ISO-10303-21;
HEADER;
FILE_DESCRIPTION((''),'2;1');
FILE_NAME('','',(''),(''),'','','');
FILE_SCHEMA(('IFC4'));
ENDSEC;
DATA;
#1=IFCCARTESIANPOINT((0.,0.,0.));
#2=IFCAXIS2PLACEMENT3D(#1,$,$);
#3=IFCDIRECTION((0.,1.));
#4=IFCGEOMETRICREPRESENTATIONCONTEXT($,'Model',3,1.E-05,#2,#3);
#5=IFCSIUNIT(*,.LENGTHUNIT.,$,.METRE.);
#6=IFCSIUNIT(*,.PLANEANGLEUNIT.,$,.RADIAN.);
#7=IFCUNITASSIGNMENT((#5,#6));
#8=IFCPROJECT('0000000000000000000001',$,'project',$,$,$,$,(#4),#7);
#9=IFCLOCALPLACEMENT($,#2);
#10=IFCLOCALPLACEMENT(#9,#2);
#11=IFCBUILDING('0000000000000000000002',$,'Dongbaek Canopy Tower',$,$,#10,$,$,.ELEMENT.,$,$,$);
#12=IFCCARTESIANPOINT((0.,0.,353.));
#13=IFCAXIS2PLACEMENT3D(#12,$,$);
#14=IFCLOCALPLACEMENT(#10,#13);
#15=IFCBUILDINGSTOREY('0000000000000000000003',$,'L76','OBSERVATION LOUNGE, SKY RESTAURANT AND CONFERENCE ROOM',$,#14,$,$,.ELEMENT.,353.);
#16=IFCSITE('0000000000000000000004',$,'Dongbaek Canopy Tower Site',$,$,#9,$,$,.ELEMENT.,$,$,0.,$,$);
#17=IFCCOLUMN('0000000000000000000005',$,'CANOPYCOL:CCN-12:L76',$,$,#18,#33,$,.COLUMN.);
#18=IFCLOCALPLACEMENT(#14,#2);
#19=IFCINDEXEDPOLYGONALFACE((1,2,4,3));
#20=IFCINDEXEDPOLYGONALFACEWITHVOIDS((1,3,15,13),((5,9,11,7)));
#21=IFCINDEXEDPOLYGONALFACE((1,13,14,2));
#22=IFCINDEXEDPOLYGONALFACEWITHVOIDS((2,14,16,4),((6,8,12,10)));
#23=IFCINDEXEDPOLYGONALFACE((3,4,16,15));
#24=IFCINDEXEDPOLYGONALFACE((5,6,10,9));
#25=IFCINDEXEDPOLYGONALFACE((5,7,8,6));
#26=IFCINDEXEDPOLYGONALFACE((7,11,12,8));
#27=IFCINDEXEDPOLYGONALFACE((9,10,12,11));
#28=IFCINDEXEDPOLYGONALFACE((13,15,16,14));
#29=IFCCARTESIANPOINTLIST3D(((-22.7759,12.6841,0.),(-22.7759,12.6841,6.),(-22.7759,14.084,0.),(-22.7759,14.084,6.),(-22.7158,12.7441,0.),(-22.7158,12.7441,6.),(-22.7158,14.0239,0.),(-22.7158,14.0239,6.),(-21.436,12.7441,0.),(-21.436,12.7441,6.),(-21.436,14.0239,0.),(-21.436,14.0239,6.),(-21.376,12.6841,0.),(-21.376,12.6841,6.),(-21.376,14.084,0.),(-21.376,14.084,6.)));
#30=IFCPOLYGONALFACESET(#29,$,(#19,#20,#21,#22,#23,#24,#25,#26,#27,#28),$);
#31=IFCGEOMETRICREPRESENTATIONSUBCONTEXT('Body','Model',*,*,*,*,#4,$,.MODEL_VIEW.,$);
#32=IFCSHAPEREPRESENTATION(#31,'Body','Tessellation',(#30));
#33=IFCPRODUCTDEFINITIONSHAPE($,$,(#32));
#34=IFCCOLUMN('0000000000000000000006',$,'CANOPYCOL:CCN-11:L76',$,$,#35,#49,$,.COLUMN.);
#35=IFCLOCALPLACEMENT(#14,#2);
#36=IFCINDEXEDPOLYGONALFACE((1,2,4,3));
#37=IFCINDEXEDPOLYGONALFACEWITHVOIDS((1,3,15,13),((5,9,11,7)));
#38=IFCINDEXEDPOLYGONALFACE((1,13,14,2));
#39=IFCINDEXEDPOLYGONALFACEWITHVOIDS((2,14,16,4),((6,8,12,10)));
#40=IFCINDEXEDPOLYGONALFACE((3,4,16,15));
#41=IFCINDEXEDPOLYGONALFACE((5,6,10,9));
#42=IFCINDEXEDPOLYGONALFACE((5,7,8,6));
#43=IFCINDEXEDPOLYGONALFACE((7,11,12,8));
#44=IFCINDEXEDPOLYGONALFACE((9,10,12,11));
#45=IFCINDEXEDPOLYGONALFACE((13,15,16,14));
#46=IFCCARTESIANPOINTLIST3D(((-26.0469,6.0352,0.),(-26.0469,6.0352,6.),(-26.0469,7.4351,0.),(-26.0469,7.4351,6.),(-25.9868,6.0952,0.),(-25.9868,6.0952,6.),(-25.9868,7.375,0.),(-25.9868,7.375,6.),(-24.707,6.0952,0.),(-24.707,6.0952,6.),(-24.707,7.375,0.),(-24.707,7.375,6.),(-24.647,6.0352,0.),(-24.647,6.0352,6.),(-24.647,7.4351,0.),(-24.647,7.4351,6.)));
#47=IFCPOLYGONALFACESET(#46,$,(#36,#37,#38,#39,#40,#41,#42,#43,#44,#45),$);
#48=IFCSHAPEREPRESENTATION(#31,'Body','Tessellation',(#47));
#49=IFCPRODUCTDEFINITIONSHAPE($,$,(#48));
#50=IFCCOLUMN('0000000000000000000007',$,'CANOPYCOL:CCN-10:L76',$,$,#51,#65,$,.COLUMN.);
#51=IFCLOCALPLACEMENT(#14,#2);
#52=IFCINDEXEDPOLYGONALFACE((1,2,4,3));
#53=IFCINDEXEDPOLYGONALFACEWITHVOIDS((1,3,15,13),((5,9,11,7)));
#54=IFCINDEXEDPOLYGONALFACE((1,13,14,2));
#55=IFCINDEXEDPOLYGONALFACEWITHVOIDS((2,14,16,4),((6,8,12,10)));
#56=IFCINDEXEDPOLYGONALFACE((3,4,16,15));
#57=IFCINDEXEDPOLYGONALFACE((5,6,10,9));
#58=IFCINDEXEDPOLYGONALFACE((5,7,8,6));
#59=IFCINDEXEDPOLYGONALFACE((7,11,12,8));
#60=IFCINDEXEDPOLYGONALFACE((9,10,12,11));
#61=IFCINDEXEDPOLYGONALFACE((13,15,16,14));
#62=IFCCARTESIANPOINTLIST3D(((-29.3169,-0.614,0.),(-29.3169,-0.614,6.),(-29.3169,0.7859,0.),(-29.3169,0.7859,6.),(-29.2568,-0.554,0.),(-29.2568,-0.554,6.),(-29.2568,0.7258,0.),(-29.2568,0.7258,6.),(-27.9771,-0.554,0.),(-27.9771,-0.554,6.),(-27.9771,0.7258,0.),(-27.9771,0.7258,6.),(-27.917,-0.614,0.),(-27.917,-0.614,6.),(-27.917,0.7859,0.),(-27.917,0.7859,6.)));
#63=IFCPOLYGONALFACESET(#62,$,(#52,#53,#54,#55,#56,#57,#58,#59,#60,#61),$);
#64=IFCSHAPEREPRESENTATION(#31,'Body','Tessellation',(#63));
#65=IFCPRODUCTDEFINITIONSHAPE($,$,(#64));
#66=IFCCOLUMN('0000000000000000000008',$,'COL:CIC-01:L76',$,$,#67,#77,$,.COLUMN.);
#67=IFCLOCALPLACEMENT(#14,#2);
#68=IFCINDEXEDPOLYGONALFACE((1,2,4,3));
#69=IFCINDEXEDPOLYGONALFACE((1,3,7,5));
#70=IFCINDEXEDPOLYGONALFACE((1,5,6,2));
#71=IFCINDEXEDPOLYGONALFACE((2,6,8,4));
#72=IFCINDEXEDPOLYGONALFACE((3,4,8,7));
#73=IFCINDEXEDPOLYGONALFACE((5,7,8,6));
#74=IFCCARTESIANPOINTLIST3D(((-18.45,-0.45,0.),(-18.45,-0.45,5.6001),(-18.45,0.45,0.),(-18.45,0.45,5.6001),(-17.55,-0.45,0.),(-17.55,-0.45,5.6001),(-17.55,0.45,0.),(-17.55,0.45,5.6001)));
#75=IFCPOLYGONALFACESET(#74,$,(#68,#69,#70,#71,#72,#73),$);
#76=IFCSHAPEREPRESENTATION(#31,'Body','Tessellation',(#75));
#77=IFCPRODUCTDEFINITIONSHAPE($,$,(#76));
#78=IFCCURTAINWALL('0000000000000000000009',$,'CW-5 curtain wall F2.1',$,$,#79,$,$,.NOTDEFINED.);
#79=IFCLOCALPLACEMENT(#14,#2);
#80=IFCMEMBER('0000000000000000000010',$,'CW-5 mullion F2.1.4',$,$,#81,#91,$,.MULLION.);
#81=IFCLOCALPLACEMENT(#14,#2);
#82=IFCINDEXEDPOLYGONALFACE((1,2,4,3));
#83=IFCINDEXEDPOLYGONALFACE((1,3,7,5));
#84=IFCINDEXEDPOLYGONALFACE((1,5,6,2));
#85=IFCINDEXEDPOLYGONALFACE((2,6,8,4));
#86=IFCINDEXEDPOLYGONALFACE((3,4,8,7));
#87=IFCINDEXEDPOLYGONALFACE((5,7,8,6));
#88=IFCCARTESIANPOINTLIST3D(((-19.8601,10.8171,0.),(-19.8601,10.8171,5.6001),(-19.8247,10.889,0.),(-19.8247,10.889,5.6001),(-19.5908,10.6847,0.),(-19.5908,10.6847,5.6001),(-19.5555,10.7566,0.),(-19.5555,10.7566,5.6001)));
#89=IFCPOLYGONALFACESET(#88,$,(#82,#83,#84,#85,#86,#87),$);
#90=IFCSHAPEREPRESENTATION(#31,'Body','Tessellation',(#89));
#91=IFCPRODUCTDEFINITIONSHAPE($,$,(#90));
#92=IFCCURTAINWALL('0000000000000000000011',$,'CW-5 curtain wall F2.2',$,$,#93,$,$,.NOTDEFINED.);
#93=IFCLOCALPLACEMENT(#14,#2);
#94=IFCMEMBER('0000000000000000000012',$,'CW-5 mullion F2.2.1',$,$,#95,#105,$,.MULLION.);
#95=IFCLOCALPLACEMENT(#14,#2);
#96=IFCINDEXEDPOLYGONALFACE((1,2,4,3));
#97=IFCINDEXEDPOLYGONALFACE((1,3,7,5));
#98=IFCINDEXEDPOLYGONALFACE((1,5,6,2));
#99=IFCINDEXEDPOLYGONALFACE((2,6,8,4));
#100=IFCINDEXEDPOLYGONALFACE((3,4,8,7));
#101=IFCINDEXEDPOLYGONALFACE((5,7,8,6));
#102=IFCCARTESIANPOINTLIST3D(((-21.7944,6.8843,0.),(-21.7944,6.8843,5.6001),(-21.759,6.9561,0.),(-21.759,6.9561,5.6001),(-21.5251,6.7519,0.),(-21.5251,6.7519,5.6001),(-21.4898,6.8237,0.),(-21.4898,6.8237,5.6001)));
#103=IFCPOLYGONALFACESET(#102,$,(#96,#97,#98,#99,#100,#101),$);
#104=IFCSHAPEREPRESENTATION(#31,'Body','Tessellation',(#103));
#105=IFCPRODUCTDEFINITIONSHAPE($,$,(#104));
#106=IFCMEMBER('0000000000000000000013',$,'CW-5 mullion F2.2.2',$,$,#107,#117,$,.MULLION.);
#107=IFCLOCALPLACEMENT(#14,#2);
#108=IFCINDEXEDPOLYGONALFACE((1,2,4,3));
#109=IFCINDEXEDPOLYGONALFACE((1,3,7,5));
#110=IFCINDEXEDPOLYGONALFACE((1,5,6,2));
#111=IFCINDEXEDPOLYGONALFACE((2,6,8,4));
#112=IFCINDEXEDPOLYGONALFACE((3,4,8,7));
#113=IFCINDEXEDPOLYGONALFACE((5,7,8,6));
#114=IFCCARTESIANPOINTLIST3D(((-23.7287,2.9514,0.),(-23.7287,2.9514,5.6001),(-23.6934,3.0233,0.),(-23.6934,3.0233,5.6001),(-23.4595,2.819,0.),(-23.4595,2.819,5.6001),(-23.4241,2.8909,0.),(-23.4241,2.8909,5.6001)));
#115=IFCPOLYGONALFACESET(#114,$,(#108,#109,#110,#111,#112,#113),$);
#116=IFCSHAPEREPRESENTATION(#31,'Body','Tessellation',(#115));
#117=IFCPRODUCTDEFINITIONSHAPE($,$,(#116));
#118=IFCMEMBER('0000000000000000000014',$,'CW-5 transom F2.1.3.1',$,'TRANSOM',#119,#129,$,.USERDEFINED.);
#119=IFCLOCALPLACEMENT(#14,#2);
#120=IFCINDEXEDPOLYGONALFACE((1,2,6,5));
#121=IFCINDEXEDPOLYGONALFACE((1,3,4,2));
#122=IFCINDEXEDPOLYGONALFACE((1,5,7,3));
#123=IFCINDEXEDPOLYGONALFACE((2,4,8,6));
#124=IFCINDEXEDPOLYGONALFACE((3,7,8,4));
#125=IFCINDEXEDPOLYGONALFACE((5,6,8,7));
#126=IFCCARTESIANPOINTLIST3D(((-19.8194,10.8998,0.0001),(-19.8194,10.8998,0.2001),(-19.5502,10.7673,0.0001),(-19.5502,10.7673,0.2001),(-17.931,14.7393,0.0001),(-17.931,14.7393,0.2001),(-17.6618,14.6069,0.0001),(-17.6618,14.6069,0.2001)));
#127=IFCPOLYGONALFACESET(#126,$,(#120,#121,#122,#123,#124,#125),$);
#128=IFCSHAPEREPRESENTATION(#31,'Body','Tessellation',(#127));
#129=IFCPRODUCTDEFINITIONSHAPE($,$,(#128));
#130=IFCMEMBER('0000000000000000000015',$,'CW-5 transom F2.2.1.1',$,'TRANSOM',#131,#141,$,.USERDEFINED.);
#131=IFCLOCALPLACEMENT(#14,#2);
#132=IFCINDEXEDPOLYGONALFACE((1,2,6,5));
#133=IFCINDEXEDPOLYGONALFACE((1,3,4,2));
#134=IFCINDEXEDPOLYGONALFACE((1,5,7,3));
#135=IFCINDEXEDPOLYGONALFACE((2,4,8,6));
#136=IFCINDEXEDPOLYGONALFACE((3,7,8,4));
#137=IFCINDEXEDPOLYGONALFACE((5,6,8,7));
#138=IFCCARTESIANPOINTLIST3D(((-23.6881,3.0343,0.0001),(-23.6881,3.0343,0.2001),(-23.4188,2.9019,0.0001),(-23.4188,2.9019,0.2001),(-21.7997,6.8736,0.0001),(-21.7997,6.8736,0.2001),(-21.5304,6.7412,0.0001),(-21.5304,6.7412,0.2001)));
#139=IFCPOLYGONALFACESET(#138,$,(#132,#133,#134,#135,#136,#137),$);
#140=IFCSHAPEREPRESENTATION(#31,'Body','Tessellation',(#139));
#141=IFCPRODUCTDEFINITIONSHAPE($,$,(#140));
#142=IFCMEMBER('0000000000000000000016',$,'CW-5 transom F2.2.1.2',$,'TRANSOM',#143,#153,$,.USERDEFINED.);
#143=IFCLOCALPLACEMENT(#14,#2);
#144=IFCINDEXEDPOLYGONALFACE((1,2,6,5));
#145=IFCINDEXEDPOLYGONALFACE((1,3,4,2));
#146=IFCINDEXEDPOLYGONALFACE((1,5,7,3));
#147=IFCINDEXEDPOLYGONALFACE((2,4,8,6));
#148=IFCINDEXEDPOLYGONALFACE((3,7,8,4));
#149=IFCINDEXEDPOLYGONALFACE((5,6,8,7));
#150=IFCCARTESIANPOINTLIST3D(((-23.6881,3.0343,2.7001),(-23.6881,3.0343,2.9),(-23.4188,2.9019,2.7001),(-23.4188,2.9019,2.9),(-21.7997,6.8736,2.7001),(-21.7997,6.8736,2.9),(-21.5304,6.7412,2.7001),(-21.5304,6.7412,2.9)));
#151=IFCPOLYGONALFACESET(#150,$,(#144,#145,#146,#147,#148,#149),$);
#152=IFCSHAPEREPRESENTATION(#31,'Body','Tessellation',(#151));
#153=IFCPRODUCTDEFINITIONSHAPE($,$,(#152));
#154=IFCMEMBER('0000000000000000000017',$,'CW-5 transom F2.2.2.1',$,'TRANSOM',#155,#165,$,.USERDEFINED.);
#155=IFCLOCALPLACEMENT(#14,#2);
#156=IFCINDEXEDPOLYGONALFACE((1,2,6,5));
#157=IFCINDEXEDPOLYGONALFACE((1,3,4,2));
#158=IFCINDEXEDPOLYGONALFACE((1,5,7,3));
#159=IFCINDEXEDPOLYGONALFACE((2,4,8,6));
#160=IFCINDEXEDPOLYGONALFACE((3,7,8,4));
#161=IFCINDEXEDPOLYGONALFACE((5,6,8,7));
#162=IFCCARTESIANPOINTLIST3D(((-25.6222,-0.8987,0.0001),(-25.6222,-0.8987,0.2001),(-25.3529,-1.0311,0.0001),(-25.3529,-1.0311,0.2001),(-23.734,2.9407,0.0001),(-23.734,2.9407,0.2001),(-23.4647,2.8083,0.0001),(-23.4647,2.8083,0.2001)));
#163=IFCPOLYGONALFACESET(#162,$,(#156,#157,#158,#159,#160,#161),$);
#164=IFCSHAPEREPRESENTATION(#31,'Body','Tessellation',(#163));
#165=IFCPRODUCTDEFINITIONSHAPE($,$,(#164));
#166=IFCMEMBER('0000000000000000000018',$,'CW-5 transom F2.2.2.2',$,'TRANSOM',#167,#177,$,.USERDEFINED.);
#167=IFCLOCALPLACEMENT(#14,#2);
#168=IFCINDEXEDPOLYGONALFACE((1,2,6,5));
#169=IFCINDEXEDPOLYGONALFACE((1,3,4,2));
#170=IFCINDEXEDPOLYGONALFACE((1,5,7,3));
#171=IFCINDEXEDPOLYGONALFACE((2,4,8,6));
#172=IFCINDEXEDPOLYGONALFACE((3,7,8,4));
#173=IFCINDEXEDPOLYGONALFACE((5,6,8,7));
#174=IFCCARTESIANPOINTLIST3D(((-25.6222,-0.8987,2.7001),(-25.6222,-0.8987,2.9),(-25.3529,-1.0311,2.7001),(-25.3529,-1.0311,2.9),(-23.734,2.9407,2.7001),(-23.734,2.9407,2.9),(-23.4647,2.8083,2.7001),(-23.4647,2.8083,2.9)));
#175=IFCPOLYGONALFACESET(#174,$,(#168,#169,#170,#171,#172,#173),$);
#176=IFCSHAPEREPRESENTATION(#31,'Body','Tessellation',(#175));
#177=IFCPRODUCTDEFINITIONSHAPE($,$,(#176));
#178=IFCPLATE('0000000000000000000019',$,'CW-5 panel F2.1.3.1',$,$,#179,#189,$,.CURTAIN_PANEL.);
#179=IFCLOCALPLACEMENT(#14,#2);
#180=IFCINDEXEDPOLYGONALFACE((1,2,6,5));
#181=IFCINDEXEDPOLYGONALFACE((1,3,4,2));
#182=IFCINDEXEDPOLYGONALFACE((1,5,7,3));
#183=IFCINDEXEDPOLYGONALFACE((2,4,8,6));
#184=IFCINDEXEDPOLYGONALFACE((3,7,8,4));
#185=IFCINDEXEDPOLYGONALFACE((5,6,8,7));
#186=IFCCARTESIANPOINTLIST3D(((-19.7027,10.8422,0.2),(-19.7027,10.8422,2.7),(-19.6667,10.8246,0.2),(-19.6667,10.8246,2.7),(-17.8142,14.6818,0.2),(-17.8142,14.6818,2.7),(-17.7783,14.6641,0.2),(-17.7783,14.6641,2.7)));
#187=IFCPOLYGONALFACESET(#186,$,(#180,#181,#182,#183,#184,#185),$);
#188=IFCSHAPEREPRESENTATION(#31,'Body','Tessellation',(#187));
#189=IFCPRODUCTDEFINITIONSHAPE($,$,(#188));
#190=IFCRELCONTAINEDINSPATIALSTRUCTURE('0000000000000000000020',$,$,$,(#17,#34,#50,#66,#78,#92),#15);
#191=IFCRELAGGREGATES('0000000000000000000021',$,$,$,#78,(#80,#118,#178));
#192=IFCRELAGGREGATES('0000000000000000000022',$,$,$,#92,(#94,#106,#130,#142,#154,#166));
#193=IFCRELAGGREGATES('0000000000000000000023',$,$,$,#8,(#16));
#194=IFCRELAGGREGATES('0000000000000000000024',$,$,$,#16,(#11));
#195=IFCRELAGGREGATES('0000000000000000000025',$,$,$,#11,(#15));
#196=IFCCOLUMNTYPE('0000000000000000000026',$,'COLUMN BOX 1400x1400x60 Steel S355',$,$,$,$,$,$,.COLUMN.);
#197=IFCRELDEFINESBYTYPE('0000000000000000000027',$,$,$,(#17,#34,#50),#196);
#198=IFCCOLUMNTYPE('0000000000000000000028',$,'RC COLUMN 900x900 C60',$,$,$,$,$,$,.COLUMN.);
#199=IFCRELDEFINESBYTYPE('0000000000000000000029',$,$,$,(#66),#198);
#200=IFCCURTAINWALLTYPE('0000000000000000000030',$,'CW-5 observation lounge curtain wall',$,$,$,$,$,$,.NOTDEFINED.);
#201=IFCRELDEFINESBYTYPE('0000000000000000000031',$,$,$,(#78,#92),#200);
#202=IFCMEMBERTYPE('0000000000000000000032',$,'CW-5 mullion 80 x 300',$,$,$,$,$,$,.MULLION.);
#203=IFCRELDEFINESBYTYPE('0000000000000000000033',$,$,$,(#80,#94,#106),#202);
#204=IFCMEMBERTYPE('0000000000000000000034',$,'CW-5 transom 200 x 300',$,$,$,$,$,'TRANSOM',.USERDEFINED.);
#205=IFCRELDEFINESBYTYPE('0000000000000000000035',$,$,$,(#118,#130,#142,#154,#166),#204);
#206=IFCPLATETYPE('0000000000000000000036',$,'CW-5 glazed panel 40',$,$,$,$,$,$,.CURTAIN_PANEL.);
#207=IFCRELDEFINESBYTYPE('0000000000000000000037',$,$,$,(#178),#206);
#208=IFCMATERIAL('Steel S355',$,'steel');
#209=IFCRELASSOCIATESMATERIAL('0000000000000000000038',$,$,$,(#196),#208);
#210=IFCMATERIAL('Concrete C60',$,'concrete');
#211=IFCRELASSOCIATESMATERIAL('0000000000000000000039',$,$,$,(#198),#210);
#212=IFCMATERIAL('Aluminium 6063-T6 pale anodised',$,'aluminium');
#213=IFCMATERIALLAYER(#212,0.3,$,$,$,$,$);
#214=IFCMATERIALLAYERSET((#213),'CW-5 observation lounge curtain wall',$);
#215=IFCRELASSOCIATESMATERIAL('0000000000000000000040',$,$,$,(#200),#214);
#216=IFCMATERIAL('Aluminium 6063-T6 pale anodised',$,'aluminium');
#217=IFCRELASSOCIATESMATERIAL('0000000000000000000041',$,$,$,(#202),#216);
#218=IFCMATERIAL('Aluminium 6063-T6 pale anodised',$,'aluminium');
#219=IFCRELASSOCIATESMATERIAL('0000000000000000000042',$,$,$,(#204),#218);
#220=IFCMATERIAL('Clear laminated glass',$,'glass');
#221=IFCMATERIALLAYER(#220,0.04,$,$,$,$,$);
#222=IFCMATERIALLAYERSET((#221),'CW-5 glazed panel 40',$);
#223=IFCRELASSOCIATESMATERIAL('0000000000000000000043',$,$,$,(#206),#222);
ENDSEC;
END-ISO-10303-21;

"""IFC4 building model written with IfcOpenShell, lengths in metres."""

from ifc_helpers import new_model, si_unit, direction, frame, origin, origin_2d, place, context, subcontext, project, spatial, rectangle, hollow_rectangle, extrude, material, layer, layer_set, material_profile, profile_set, type_object, element, aggregate, save


model = new_model("IFC4")

# Units and contexts
model_context = context("Model", 3, precision=1e-05, world=origin(), true_north=direction((0.0, 1.0)))
body_context = subcontext(model_context, "Body", "Model", "MODEL_VIEW")
ifc_project = project(units=[si_unit("LENGTHUNIT", "METRE"), si_unit("PLANEANGLEUNIT", "RADIAN")], contexts=[model_context])

# Site, building, storey
site_placement = place(None, origin())
site = spatial("IfcSite", under=ifc_project, at=site_placement, Name="Dongbaek Canopy Tower Site", CompositionType="ELEMENT", RefElevation=0.0)
building_placement = place(site_placement, origin())
building = spatial("IfcBuilding", under=site, at=building_placement, Name="Dongbaek Canopy Tower", CompositionType="ELEMENT")
storey_placement = place(building_placement, frame((0.0, 0.0, 353.0)))
storey = spatial("IfcBuildingStorey", under=building, at=storey_placement, Name="L76", Description="OBSERVATION LOUNGE, SKY RESTAURANT AND CONFERENCE ROOM", CompositionType="ELEMENT", Elevation=353.0)

# Columns
ifc_material_1 = material(Name="Steel S355", Category="steel")
ifc_material_profile_1 = material_profile(ifc_material_1, hollow_rectangle(XDim=1.3999, YDim=1.3999, WallThickness=0.0601, at=origin_2d()), Name="COLUMN BOX 1400x1400x60 Steel S355")
ifc_profile_set_1 = profile_set([ifc_material_profile_1], Name="Steel S355")
column_type_1 = type_object("IfcColumnType", Name="COLUMN BOX 1400x1400x60 Steel S355", PredefinedType="COLUMN", material=ifc_profile_set_1)
for number, where, z_axis, x_axis, name in (
    (1, (-22.0759, 13.384, 0.0), (0.0, 0.0, 1.0), (1.0, 0.0, 0.0), "CANOPYCOL:CCN-12:L76"),
    (2, (-25.3469, 6.7351, 0.0), (0.0, 0.0, 1.0), (1.0, 0.0, 0.0), "CANOPYCOL:CCN-11:L76"),
    (3, (-28.6169, 0.0859, 0.0), (0.0, 0.0, 1.0), (1.0, 0.0, 0.0), "CANOPYCOL:CCN-10:L76"),
):
    element("IfcColumn", number, at=place(storey_placement, frame(where, z_axis=z_axis, x_axis=x_axis)), inside=storey, type_object=column_type_1, Name=name, PredefinedType="COLUMN", context=body_context, shape_type="SweptSolid", body=[
        extrude(hollow_rectangle(XDim=1.3999, YDim=1.3999, WallThickness=0.0601, at=origin_2d()), origin(), (0.0, 0.0, 1.0), 6.0),
    ])
ifc_material_2 = material(Name="Concrete C60", Category="concrete")
ifc_material_profile_2 = material_profile(ifc_material_2, rectangle(XDim=0.8999, YDim=0.8999, at=origin_2d()), Name="RC COLUMN 900x900 C60")
ifc_profile_set_2 = profile_set([ifc_material_profile_2], Name="Concrete C60")
column_type_2 = type_object("IfcColumnType", Name="RC COLUMN 900x900 C60", PredefinedType="COLUMN", material=ifc_profile_set_2)
column_placement = place(storey_placement, frame((-18.0, 0.0, 0.0), z_axis=(0.0, 0.0, 1.0), x_axis=(1.0, 0.0, 0.0)))
element("IfcColumn", 4, at=column_placement, inside=storey, type_object=column_type_2, Name="COL:CIC-01:L76", PredefinedType="COLUMN", context=body_context, shape_type="SweptSolid", body=[
    extrude(rectangle(XDim=0.8999, YDim=0.8999, at=origin_2d()), origin(), (0.0, 0.0, 1.0), 5.6001),
])

# Curtain wall, member
ifc_material_3 = material(Name="Aluminium 6063-T6 pale anodised", Category="aluminium")
ifc_layer_1 = layer(ifc_material_3, 0.3)
ifc_layer_set_1 = layer_set([ifc_layer_1], Name="CW-5 observation lounge curtain wall")
curtain_wall_type = type_object("IfcCurtainWallType", Name="CW-5 observation lounge curtain wall", PredefinedType="NOTDEFINED", material=ifc_layer_set_1)
curtain_wall_1_placement = place(storey_placement, origin())
curtain_wall_1 = element("IfcCurtainWall", 5, at=curtain_wall_1_placement, inside=storey, type_object=curtain_wall_type, Name="CW-5 curtain wall F2.1", PredefinedType="NOTDEFINED")
ifc_material_4 = material(Name="Aluminium 6063-T6 pale anodised", Category="aluminium")
ifc_material_profile_3 = material_profile(ifc_material_4, rectangle(XDim=0.3, YDim=0.0801, at=origin_2d()), Name="CW-5 mullion 80 x 300")
ifc_profile_set_3 = profile_set([ifc_material_profile_3], Name="Aluminium 6063-T6 pale anodised")
member_type_1 = type_object("IfcMemberType", Name="CW-5 mullion 80 x 300", PredefinedType="MULLION", material=ifc_profile_set_3)
member_1_placement = place(storey_placement, frame((-19.7078, 10.7869, 0.0), z_axis=(0.0, 0.0, 1.0), x_axis=(-0.897339, 0.441342, 0.0)))
member_1 = element("IfcMember", 6, at=member_1_placement, type_object=member_type_1, Name="CW-5 mullion F2.1.4", PredefinedType="MULLION", context=body_context, shape_type="SweptSolid", body=[
    extrude(rectangle(XDim=0.3, YDim=0.0801, at=origin_2d()), origin(), (0.0, 0.0, 1.0), 5.6001),
])

# Curtain wall, members
curtain_wall_2_placement = place(storey_placement, origin())
curtain_wall_2 = element("IfcCurtainWall", 7, at=curtain_wall_2_placement, inside=storey, type_object=curtain_wall_type, Name="CW-5 curtain wall F2.2", PredefinedType="NOTDEFINED")
member_2_placement = place(storey_placement, frame((-21.6421, 6.854, 0.0), z_axis=(0.0, 0.0, 1.0), x_axis=(-0.897339, 0.441342, 0.0)))
member_2 = element("IfcMember", 8, at=member_2_placement, type_object=member_type_1, Name="CW-5 mullion F2.2.1", PredefinedType="MULLION", context=body_context, shape_type="SweptSolid", body=[
    extrude(rectangle(XDim=0.3, YDim=0.0801, at=origin_2d()), origin(), (0.0, 0.0, 1.0), 5.6001),
])
member_3_placement = place(storey_placement, frame((-23.5764, 2.9211, 0.0), z_axis=(0.0, 0.0, 1.0), x_axis=(-0.897339, 0.441342, 0.0)))
member_3 = element("IfcMember", 9, at=member_3_placement, type_object=member_type_1, Name="CW-5 mullion F2.2.2", PredefinedType="MULLION", context=body_context, shape_type="SweptSolid", body=[
    extrude(rectangle(XDim=0.3, YDim=0.0801, at=origin_2d()), origin(), (0.0, 0.0, 1.0), 5.6001),
])

# Members
ifc_material_5 = material(Name="Aluminium 6063-T6 pale anodised", Category="aluminium")
ifc_material_profile_4 = material_profile(ifc_material_5, rectangle(XDim=0.3, YDim=0.2, at=origin_2d()), Name="CW-5 transom 200 x 300")
ifc_profile_set_4 = profile_set([ifc_material_profile_4], Name="Aluminium 6063-T6 pale anodised")
member_type_2 = type_object("IfcMemberType", Name="CW-5 transom 200 x 300", ElementType="TRANSOM", PredefinedType="USERDEFINED", material=ifc_profile_set_4)
member_4_placement = place(storey_placement, frame((-17.7964, 14.6731, 0.1001), z_axis=(-0.441338, -0.897341, 0.0), x_axis=(0.897341, -0.441338, 0.0)))
member_4 = element("IfcMember", 10, at=member_4_placement, type_object=member_type_2, Name="CW-5 transom F2.1.3.1", ObjectType="TRANSOM", PredefinedType="USERDEFINED", context=body_context, shape_type="SweptSolid", body=[
    extrude(rectangle(XDim=0.3, YDim=0.2, at=origin_2d()), origin(), (0.0, 0.0, 1.0), 4.2788),
])
member_5_placement = place(storey_placement, frame((-21.665, 6.8074, 0.1001), z_axis=(-0.441361, -0.89733, 0.0), x_axis=(0.89733, -0.441361, 0.0)))
member_5 = element("IfcMember", 11, at=member_5_placement, type_object=member_type_2, Name="CW-5 transom F2.2.1.1", ObjectType="TRANSOM", PredefinedType="USERDEFINED", context=body_context, shape_type="SweptSolid", body=[
    extrude(rectangle(XDim=0.3, YDim=0.2, at=origin_2d()), origin(), (0.0, 0.0, 1.0), 4.2786),
])
member_6_placement = place(storey_placement, frame((-21.665, 6.8074, 2.8), z_axis=(-0.441361, -0.89733, 0.0), x_axis=(0.89733, -0.441361, 0.0)))
member_6 = element("IfcMember", 12, at=member_6_placement, type_object=member_type_2, Name="CW-5 transom F2.2.1.2", ObjectType="TRANSOM", PredefinedType="USERDEFINED", context=body_context, shape_type="SweptSolid", body=[
    extrude(rectangle(XDim=0.3, YDim=0.2, at=origin_2d()), origin(), (0.0, 0.0, 1.0), 4.2786),
])
member_7_placement = place(storey_placement, frame((-23.5994, 2.8745, 0.1001), z_axis=(-0.441315, -0.897352, 0.0), x_axis=(0.897352, -0.441315, 0.0)))
member_7 = element("IfcMember", 13, at=member_7_placement, type_object=member_type_2, Name="CW-5 transom F2.2.2.1", ObjectType="TRANSOM", PredefinedType="USERDEFINED", context=body_context, shape_type="SweptSolid", body=[
    extrude(rectangle(XDim=0.3, YDim=0.2, at=origin_2d()), origin(), (0.0, 0.0, 1.0), 4.2786),
])
member_8_placement = place(storey_placement, frame((-23.5994, 2.8745, 2.8), z_axis=(-0.441315, -0.897352, 0.0), x_axis=(0.897352, -0.441315, 0.0)))
member_8 = element("IfcMember", 14, at=member_8_placement, type_object=member_type_2, Name="CW-5 transom F2.2.2.2", ObjectType="TRANSOM", PredefinedType="USERDEFINED", context=body_context, shape_type="SweptSolid", body=[
    extrude(rectangle(XDim=0.3, YDim=0.2, at=origin_2d()), origin(), (0.0, 0.0, 1.0), 4.2786),
])

# Plate
ifc_material_6 = material(Name="Clear laminated glass", Category="glass")
ifc_layer_2 = layer(ifc_material_6, 0.04)
ifc_layer_set_2 = layer_set([ifc_layer_2], Name="CW-5 glazed panel 40")
plate_type = type_object("IfcPlateType", Name="CW-5 glazed panel 40", PredefinedType="CURTAIN_PANEL", material=ifc_layer_set_2)
plate_1_placement = place(storey_placement, frame((-18.7405, 12.7532, 0.2), z_axis=(0.0, 0.0, 1.0), x_axis=(-0.441342, -0.897339, 0.0)))
plate_1 = element("IfcPlate", 15, at=plate_1_placement, type_object=plate_type, Name="CW-5 panel F2.1.3.1", PredefinedType="CURTAIN_PANEL", context=body_context, shape_type="SweptSolid", body=[
    extrude(rectangle(XDim=4.2788, YDim=0.04, at=origin_2d()), origin(), (0.0, 0.0, 1.0), 2.5),
])
aggregate(curtain_wall_1, [member_1, member_4, plate_1])
aggregate(curtain_wall_2, [member_2, member_3, member_5, member_6, member_7, member_8])

save(model, "model.ifc")
